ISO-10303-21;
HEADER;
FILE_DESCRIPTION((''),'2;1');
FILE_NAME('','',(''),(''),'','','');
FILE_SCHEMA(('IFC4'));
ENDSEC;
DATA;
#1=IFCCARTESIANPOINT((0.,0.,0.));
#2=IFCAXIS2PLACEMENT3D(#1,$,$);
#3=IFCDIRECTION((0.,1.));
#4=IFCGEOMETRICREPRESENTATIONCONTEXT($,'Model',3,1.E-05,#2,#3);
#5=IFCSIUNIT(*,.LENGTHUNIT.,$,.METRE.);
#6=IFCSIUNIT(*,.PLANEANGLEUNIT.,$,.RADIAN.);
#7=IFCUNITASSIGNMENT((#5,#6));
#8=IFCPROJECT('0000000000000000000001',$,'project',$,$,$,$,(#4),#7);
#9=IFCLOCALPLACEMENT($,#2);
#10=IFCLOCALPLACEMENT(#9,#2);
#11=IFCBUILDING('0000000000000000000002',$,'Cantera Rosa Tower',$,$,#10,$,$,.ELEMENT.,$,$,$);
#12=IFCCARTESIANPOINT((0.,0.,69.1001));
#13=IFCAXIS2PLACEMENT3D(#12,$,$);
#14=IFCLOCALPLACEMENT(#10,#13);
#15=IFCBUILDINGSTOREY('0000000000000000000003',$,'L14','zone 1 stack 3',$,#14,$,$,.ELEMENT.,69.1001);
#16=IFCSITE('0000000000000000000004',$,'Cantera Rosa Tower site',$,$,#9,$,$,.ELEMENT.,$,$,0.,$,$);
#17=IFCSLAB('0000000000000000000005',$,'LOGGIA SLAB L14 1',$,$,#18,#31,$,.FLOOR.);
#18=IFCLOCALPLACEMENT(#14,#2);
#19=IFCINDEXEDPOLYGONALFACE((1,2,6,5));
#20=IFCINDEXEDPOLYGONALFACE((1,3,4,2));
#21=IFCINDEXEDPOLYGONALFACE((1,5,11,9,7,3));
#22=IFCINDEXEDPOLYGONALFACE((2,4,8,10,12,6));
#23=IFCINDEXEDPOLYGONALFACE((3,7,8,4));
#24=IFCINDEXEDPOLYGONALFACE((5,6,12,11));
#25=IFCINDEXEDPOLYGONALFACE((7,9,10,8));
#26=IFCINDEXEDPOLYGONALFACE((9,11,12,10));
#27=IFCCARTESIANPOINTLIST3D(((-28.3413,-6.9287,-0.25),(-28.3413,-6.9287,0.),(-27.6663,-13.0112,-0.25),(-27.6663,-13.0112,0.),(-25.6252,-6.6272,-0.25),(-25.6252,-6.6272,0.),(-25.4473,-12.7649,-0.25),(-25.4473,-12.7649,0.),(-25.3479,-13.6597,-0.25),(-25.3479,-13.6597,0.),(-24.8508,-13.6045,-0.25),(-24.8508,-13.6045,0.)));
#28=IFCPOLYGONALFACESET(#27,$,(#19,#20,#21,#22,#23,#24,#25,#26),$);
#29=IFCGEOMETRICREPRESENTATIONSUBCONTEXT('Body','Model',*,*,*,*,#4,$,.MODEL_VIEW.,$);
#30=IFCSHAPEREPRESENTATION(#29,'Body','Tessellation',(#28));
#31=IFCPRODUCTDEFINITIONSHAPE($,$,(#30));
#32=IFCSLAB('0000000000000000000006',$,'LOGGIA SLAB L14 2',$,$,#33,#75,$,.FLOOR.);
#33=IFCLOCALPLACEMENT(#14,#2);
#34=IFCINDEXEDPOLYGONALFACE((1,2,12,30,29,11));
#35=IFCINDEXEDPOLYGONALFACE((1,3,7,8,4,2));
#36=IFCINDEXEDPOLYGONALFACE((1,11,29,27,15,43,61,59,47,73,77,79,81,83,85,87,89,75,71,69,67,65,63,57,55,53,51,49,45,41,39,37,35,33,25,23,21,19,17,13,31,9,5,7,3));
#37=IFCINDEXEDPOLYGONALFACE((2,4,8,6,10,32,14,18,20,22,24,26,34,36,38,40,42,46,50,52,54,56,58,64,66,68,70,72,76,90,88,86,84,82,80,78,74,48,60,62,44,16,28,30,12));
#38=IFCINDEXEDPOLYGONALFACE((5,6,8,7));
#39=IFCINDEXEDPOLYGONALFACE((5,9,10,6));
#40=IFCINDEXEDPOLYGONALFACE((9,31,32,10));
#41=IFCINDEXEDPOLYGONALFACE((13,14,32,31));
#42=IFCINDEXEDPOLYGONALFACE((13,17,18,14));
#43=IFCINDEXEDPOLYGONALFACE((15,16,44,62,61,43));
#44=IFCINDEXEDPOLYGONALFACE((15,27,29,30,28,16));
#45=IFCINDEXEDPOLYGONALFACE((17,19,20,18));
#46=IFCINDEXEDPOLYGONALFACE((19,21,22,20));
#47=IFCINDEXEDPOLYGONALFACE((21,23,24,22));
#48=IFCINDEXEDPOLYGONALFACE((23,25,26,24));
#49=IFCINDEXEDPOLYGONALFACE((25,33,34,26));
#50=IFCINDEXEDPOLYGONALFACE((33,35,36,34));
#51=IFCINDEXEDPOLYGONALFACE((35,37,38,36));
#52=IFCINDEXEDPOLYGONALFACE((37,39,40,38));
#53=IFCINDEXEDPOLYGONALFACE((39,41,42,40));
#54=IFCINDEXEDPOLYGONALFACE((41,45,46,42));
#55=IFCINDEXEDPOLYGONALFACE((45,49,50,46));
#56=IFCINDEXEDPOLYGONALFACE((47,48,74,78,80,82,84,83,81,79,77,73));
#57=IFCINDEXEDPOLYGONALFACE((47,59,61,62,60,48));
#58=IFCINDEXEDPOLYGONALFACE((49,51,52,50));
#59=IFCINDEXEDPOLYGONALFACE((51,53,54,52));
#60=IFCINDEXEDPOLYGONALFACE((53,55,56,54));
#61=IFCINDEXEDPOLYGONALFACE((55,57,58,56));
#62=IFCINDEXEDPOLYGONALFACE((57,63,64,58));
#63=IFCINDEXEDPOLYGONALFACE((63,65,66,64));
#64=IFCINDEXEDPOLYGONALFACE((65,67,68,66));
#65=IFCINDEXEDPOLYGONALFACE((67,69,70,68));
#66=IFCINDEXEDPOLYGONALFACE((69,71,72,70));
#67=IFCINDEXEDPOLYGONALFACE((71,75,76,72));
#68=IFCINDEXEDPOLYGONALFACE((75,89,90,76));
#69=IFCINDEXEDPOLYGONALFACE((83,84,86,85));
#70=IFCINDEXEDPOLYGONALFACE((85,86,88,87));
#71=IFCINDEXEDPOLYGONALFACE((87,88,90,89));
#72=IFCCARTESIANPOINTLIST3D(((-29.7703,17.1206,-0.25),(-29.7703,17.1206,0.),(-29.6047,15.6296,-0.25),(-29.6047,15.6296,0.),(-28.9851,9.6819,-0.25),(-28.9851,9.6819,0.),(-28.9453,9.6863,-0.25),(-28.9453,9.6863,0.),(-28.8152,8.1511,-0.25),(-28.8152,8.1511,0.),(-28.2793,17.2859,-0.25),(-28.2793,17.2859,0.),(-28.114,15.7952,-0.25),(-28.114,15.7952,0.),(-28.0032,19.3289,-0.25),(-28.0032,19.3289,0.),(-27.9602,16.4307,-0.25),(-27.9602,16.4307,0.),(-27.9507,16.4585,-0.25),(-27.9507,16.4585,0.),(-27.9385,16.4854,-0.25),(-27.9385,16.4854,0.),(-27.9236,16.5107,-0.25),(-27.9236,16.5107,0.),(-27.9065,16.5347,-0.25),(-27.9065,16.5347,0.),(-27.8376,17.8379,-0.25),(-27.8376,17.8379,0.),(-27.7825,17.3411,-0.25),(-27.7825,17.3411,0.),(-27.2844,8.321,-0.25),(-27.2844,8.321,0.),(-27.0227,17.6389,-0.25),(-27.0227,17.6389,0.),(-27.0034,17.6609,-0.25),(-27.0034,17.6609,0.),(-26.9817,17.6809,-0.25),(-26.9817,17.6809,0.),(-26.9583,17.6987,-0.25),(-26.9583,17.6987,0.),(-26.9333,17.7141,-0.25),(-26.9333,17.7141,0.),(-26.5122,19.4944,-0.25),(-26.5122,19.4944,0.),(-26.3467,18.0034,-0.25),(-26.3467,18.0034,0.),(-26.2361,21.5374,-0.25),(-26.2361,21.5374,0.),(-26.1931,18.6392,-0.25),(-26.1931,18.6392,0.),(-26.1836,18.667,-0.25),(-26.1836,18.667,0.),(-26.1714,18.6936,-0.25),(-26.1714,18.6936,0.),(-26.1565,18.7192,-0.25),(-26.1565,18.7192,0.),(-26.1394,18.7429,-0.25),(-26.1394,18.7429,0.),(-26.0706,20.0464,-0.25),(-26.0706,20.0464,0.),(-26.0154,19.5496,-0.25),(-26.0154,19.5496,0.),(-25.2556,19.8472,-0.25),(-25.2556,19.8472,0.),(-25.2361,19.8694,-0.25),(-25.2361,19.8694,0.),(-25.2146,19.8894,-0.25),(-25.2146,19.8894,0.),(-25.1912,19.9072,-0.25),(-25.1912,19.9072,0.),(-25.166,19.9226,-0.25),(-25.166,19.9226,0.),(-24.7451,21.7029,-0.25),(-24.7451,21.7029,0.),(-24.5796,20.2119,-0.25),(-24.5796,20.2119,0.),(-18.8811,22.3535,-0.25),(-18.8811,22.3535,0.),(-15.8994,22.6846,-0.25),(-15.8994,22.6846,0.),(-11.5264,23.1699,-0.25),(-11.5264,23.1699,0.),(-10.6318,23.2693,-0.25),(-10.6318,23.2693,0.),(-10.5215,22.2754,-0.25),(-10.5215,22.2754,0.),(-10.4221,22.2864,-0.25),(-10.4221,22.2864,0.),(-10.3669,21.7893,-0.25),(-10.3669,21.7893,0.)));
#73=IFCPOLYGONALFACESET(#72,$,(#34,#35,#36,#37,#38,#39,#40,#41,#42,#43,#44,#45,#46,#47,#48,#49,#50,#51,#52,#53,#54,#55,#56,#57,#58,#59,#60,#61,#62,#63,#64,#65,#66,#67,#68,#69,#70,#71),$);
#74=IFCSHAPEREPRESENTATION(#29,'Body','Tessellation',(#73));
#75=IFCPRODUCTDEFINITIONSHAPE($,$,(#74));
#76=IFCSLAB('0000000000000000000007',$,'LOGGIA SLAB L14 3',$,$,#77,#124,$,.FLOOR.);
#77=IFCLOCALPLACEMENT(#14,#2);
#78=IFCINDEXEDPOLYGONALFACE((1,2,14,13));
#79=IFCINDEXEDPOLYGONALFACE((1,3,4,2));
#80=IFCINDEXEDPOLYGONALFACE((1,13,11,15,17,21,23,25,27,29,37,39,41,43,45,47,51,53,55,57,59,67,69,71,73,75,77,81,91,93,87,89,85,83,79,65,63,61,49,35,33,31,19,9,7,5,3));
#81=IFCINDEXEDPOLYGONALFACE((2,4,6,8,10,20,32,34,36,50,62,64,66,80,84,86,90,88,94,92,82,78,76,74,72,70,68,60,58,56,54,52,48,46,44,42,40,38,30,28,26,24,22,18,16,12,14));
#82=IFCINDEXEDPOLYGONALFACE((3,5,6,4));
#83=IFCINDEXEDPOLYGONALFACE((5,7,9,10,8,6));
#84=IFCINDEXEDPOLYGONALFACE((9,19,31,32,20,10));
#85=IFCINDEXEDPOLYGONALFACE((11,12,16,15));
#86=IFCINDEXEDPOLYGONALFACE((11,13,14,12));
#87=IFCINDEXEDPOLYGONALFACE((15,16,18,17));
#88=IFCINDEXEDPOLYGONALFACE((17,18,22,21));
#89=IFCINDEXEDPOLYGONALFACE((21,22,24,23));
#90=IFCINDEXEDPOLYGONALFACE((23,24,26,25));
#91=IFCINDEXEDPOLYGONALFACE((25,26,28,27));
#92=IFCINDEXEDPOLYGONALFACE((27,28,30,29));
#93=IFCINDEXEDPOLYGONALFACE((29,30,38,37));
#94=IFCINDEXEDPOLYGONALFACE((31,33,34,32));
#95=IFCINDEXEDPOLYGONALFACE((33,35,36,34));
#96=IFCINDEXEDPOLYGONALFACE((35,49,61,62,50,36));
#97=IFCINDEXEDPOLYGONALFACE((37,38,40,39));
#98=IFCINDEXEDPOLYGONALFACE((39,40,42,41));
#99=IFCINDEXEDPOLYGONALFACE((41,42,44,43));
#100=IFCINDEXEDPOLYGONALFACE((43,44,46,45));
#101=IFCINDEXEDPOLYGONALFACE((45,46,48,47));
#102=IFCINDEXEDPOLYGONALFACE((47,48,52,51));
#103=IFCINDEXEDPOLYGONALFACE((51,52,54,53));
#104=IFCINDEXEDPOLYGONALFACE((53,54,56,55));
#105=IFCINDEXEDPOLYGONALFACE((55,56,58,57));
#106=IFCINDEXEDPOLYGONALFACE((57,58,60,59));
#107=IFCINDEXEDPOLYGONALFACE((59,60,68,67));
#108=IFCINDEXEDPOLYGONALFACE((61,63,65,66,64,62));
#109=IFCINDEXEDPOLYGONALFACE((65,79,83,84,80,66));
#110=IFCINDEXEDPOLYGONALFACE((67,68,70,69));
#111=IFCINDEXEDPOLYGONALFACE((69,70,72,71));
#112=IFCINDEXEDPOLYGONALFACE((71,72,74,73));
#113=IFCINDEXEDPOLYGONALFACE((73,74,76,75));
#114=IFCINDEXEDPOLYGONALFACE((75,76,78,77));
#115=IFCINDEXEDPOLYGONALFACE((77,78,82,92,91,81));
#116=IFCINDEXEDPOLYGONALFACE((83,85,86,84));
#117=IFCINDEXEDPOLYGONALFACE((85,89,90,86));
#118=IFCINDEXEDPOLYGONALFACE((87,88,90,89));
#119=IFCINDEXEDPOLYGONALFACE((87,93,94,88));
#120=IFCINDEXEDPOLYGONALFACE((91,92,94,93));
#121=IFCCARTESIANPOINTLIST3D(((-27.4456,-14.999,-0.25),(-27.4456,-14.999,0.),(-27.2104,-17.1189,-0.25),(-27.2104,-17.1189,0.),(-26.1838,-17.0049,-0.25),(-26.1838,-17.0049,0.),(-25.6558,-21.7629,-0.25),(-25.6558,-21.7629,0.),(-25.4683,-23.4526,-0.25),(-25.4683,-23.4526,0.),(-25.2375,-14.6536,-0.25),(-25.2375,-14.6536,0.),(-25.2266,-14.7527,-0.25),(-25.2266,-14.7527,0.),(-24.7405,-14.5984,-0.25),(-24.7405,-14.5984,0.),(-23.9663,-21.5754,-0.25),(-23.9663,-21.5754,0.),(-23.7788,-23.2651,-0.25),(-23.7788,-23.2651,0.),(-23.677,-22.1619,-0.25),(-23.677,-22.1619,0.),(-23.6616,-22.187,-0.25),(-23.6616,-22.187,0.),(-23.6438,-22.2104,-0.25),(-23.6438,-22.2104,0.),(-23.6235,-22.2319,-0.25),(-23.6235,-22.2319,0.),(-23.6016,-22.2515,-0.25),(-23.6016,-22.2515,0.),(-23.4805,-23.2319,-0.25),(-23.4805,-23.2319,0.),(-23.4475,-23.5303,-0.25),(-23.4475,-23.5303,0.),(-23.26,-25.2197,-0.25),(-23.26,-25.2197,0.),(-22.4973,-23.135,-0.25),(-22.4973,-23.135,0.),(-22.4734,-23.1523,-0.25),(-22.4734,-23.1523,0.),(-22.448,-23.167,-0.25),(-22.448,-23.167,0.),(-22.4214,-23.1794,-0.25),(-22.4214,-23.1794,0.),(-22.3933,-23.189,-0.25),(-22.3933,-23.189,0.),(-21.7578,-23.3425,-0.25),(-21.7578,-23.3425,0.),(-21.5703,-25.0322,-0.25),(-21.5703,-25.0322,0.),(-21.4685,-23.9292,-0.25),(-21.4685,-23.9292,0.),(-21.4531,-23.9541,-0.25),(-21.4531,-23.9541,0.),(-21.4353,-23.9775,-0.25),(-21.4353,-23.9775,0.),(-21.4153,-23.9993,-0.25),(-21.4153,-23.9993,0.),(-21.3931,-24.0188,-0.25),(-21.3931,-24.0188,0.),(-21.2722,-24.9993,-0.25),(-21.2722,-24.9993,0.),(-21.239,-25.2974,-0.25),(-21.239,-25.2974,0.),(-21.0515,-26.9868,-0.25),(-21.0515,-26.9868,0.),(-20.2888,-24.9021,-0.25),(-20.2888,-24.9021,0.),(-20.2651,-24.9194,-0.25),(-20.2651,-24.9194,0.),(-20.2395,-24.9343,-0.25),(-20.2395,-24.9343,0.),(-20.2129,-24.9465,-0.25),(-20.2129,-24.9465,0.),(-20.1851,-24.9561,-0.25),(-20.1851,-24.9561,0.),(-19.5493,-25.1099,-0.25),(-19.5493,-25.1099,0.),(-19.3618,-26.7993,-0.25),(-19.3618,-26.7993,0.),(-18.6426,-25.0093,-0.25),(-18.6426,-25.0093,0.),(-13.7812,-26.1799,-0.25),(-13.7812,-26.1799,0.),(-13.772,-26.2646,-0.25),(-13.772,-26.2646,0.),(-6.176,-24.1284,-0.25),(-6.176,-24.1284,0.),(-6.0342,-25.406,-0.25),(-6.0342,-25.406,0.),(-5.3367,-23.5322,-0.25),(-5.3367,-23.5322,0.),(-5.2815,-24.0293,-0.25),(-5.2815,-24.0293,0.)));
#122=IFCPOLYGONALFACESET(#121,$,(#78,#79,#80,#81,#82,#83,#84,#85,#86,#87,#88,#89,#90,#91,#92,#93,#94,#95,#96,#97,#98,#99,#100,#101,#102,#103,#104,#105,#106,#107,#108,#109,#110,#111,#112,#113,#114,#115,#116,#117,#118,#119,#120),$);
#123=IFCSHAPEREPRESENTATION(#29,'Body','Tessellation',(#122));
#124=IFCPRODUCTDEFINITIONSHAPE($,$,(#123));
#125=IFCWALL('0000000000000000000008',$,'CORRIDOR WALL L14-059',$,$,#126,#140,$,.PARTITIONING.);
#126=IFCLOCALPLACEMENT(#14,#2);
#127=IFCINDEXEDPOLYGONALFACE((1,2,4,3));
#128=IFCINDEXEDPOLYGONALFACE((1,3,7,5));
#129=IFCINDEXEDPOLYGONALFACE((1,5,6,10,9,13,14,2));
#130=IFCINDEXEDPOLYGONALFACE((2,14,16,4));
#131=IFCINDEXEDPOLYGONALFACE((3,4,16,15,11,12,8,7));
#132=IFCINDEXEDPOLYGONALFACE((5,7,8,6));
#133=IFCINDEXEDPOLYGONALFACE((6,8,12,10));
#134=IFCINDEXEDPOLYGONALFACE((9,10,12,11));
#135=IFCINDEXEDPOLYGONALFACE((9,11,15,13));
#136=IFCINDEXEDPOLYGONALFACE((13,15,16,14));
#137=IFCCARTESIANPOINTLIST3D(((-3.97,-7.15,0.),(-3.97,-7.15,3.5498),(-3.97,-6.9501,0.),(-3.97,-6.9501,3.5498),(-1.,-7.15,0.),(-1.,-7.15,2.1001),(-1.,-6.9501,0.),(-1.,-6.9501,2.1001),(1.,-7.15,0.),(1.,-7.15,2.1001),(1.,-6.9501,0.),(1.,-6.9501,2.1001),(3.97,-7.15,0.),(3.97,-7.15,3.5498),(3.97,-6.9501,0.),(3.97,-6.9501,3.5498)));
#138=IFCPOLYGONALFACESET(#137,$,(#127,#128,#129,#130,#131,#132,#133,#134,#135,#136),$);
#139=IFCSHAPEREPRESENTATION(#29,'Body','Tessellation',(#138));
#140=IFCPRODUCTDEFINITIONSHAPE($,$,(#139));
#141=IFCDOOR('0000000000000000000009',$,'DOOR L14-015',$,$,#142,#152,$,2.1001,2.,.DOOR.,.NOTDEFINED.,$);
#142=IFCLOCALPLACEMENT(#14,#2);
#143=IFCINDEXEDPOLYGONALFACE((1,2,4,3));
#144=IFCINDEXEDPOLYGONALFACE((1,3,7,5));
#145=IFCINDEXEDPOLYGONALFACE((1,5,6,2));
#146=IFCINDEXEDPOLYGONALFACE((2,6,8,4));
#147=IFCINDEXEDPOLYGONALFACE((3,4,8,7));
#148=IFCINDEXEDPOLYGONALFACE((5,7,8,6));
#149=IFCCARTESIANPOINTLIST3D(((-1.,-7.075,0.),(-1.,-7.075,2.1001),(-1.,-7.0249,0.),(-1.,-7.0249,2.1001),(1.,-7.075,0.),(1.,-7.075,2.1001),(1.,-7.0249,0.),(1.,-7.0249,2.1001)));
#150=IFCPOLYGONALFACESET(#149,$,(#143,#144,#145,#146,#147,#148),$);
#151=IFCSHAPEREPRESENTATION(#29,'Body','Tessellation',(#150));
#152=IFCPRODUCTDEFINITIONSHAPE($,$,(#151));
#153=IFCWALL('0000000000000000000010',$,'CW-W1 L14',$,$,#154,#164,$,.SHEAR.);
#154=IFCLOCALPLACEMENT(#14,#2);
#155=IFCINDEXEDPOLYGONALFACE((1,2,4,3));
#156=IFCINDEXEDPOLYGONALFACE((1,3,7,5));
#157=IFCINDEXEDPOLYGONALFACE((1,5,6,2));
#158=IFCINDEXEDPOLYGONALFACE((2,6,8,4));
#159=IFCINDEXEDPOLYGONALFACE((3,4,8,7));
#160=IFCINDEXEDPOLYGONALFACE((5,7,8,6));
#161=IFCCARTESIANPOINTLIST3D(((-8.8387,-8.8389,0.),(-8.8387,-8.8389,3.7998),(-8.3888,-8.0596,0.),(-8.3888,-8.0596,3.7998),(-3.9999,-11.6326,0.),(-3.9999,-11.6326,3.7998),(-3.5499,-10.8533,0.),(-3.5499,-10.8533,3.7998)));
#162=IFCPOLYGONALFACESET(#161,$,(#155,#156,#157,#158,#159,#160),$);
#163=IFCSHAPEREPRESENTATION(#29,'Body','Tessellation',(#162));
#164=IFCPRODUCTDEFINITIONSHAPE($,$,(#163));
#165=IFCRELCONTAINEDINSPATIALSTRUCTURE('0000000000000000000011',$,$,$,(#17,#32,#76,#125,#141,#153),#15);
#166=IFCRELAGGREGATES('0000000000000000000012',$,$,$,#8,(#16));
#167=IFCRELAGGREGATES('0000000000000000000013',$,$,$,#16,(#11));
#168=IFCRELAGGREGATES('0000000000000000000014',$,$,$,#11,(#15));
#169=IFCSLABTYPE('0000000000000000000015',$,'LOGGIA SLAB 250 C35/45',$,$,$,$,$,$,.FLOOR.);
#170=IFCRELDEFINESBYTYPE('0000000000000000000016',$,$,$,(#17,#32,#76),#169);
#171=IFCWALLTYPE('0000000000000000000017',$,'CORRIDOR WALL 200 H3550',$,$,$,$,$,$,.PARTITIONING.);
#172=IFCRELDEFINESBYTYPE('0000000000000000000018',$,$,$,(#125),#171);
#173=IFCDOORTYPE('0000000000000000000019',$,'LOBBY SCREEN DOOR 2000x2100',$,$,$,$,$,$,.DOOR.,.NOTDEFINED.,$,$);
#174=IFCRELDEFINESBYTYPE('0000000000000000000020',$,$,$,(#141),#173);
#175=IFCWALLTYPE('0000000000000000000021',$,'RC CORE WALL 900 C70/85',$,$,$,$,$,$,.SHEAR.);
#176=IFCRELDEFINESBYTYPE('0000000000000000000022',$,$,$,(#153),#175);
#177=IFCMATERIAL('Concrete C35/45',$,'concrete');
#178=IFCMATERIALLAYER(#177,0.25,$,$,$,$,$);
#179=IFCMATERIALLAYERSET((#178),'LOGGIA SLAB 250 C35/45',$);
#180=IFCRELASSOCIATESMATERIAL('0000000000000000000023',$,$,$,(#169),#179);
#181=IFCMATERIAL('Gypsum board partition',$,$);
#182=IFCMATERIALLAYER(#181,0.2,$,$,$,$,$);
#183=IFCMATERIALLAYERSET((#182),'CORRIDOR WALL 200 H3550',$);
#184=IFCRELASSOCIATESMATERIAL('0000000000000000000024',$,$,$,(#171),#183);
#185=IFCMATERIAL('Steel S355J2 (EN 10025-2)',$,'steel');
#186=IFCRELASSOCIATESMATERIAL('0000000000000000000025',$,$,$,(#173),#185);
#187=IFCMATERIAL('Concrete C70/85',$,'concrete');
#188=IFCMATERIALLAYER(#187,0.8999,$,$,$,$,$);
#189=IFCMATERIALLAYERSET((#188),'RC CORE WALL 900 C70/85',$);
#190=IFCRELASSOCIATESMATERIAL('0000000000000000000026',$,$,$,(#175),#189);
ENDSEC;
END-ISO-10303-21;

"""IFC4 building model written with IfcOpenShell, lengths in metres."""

from ifc_helpers import new_model, si_unit, direction, frame, frame_2d, origin, place, context, subcontext, project, spatial, polyline, rectangle, outline, extrude, material, layer, layer_set, type_object, element, fill, save


model = new_model("IFC4")

# Units and contexts
model_context = context("Model", 3, precision=1e-05, world=origin(), true_north=direction((0.0, 1.0)))
body_context = subcontext(model_context, "Body", "Model", "MODEL_VIEW")
ifc_project = project(units=[si_unit("LENGTHUNIT", "METRE"), si_unit("PLANEANGLEUNIT", "RADIAN")], contexts=[model_context])

# Site, building, storey
site_placement = place(None, origin())
site = spatial("IfcSite", under=ifc_project, at=site_placement, Name="Cantera Rosa Tower site", CompositionType="ELEMENT", RefElevation=0.0)
building_placement = place(site_placement, origin())
building = spatial("IfcBuilding", under=site, at=building_placement, Name="Cantera Rosa Tower", CompositionType="ELEMENT")
storey_placement = place(building_placement, frame((0.0, 0.0, 69.1001)))
storey = spatial("IfcBuildingStorey", under=building, at=storey_placement, Name="L14", Description="zone 1 stack 3", CompositionType="ELEMENT", Elevation=69.1001)

# Slabs
ifc_material_1 = material(Name="Concrete C35/45", Category="concrete")
ifc_layer_1 = layer(ifc_material_1, 0.25)
ifc_layer_set_1 = layer_set([ifc_layer_1], Name="LOGGIA SLAB 250 C35/45")
slab_type_1 = type_object("IfcSlabType", Name="LOGGIA SLAB 250 C35/45", PredefinedType="FLOOR", material=ifc_layer_set_1)
slab_1_placement = place(storey_placement, frame((0.0, 0.0, -0.25)))
element("IfcSlab", 1, at=slab_1_placement, inside=storey, type_object=slab_type_1, Name="LOGGIA SLAB L14 1", PredefinedType="FLOOR", context=body_context, shape_type="SweptSolid", body=[
    extrude(outline(polyline([(-25.3479, -13.6597), (-25.4473, -12.7649), (-27.6663, -13.0112), (-28.3413, -6.9287), (-25.6252, -6.6272), (-24.8508, -13.6045), (-25.3479, -13.6597)])), origin(), (0.0, 0.0, 1.0), 0.25),
])
slab_2_placement = place(storey_placement, frame((0.0, 0.0, -0.25)))
element("IfcSlab", 2, at=slab_2_placement, inside=storey, type_object=slab_type_1, Name="LOGGIA SLAB L14 2", PredefinedType="FLOOR", context=body_context, shape_type="SweptSolid", body=[
    extrude(outline(polyline([(-28.9453, 9.6863), (-29.6047, 15.6296), (-29.7703, 17.1206), (-28.2793, 17.2859), (-27.7825, 17.3411), (-27.8376, 17.8379), (-28.0032, 19.3289), (-26.5122, 19.4944), (-26.0154, 19.5496), (-26.0706, 20.0464), (-26.2361, 21.5374), (-24.7451, 21.7029), (-18.8811, 22.3535), (-15.8994, 22.6846), (-11.5264, 23.1699), (-10.6318, 23.2693), (-10.5215, 22.2754), (-10.4221, 22.2864), (-10.3669, 21.7893), (-24.5796, 20.2119), (-25.166, 19.9226), (-25.1912, 19.9072), (-25.2146, 19.8894), (-25.2361, 19.8694), (-25.2556, 19.8472), (-26.1394, 18.7429), (-26.1565, 18.7192), (-26.1714, 18.6936), (-26.1836, 18.667), (-26.1931, 18.6392), (-26.3467, 18.0034), (-26.9333, 17.7141), (-26.9583, 17.6987), (-26.9817, 17.6809), (-27.0034, 17.6609), (-27.0227, 17.6389), (-27.9065, 16.5347), (-27.9236, 16.5107), (-27.9385, 16.4854), (-27.9507, 16.4585), (-27.9602, 16.4307), (-28.114, 15.7952), (-27.2844, 8.321), (-28.8152, 8.1511), (-28.9851, 9.6819), (-28.9453, 9.6863)])), origin(), (0.0, 0.0, 1.0), 0.25),
])
slab_3_placement = place(storey_placement, frame((0.0, 0.0, -0.25)))
element("IfcSlab", 3, at=slab_3_placement, inside=storey, type_object=slab_type_1, Name="LOGGIA SLAB L14 3", PredefinedType="FLOOR", context=body_context, shape_type="SweptSolid", body=[
    extrude(outline(polyline([(-19.3618, -26.7993), (-21.0515, -26.9868), (-21.239, -25.2974), (-21.2722, -24.9993), (-21.5703, -25.0322), (-23.26, -25.2197), (-23.4475, -23.5303), (-23.4805, -23.2319), (-23.7788, -23.2651), (-25.4683, -23.4526), (-25.6558, -21.7629), (-26.1838, -17.0049), (-27.2104, -17.1189), (-27.4456, -14.999), (-25.2266, -14.7527), (-25.2375, -14.6536), (-24.7405, -14.5984), (-23.9663, -21.5754), (-23.677, -22.1619), (-23.6616, -22.187), (-23.6438, -22.2104), (-23.6235, -22.2319), (-23.6016, -22.2515), (-22.4973, -23.135), (-22.4734, -23.1523), (-22.448, -23.167), (-22.4214, -23.1794), (-22.3933, -23.189), (-21.7578, -23.3425), (-21.4685, -23.9292), (-21.4531, -23.9541), (-21.4353, -23.9775), (-21.4153, -23.9993), (-21.3931, -24.0188), (-20.2888, -24.9021), (-20.2651, -24.9194), (-20.2395, -24.9343), (-20.2129, -24.9465), (-20.1851, -24.9561), (-19.5493, -25.1099), (-18.6426, -25.0093), (-5.3367, -23.5322), (-5.2815, -24.0293), (-6.176, -24.1284), (-6.0342, -25.406), (-13.772, -26.2646), (-13.7812, -26.1799), (-19.3618, -26.7993)])), origin(), (0.0, 0.0, 1.0), 0.25),
])

# Wall, opening, door
ifc_material_2 = material(Name="Gypsum board partition")
ifc_layer_2 = layer(ifc_material_2, 0.2)
ifc_layer_set_2 = layer_set([ifc_layer_2], Name="CORRIDOR WALL 200 H3550")
wall_type_1 = type_object("IfcWallType", Name="CORRIDOR WALL 200 H3550", PredefinedType="PARTITIONING", material=ifc_layer_set_2)
wall_1_placement = place(storey_placement, frame((3.97, -7.05, 0.0), z_axis=(0.0, 0.0, 1.0), x_axis=(-1.0, 0.0, 0.0)))
wall_1 = element("IfcWall", 4, at=wall_1_placement, inside=storey, type_object=wall_type_1, Name="CORRIDOR WALL L14-059", PredefinedType="PARTITIONING", context=body_context, shape_type="SweptSolid", body=[
    extrude(rectangle(XDim=7.9399, YDim=0.2, at=frame_2d((3.97, 0.0))), origin(), (0.0, 0.0, 1.0), 3.5498),
])
opening_1_placement = place(wall_1_placement, frame((2.97, 0.0, 0.0)))
opening_1 = element("IfcOpeningElement", 5, at=opening_1_placement, cuts=wall_1, PredefinedType="OPENING", context=body_context, shape_type="SweptSolid", body=[
    extrude(rectangle(XDim=2.0, YDim=2.1001, at=frame_2d((1.0, 1.05))), frame((0.0, 0.1099, 0.0), z_axis=(0.0, -1.0, 0.0), x_axis=(1.0, 0.0, 0.0)), (0.0, 0.0, 1.0), 0.22),
])
ifc_material_3 = material(Name="Steel S355J2 (EN 10025-2)", Category="steel")
door_type_1 = type_object("IfcDoorType", Name="LOBBY SCREEN DOOR 2000x2100", OperationType="NOTDEFINED", PredefinedType="DOOR", material=ifc_material_3)
door_1_placement = place(opening_1_placement, origin())
door_1 = element("IfcDoor", 6, at=door_1_placement, inside=storey, type_object=door_type_1, Name="DOOR L14-015", OperationType="NOTDEFINED", OverallHeight=2.1001, OverallWidth=2.0, PredefinedType="DOOR", context=body_context, shape_type="SweptSolid", body=[
    extrude(rectangle(XDim=2.0, YDim=2.1001, at=frame_2d((1.0, 1.05))), frame((0.0, 0.0249, 0.0), z_axis=(0.0, -1.0, 0.0), x_axis=(1.0, 0.0, 0.0)), (0.0, 0.0, 1.0), 0.05),
])
fill(opening_1, door_1)

# Wall
ifc_material_4 = material(Name="Concrete C70/85", Category="concrete")
ifc_layer_3 = layer(ifc_material_4, 0.8999)
ifc_layer_set_3 = layer_set([ifc_layer_3], Name="RC CORE WALL 900 C70/85")
wall_type_2 = type_object("IfcWallType", Name="RC CORE WALL 900 C70/85", PredefinedType="SHEAR", material=ifc_layer_set_3)
wall_2_placement = place(storey_placement, frame((-3.7749, -11.2429, 0.0), z_axis=(0.0, 0.0, 1.0), x_axis=(-0.866027, 0.499997, 0.0)))
element("IfcWall", 7, at=wall_2_placement, inside=storey, type_object=wall_type_2, Name="CW-W1 L14", PredefinedType="SHEAR", context=body_context, shape_type="SweptSolid", body=[
    extrude(rectangle(XDim=5.5874, YDim=0.8999, at=frame_2d((2.7937, 0.0))), origin(), (0.0, 0.0, 1.0), 3.7998),
])

save(model, "model.ifc")
